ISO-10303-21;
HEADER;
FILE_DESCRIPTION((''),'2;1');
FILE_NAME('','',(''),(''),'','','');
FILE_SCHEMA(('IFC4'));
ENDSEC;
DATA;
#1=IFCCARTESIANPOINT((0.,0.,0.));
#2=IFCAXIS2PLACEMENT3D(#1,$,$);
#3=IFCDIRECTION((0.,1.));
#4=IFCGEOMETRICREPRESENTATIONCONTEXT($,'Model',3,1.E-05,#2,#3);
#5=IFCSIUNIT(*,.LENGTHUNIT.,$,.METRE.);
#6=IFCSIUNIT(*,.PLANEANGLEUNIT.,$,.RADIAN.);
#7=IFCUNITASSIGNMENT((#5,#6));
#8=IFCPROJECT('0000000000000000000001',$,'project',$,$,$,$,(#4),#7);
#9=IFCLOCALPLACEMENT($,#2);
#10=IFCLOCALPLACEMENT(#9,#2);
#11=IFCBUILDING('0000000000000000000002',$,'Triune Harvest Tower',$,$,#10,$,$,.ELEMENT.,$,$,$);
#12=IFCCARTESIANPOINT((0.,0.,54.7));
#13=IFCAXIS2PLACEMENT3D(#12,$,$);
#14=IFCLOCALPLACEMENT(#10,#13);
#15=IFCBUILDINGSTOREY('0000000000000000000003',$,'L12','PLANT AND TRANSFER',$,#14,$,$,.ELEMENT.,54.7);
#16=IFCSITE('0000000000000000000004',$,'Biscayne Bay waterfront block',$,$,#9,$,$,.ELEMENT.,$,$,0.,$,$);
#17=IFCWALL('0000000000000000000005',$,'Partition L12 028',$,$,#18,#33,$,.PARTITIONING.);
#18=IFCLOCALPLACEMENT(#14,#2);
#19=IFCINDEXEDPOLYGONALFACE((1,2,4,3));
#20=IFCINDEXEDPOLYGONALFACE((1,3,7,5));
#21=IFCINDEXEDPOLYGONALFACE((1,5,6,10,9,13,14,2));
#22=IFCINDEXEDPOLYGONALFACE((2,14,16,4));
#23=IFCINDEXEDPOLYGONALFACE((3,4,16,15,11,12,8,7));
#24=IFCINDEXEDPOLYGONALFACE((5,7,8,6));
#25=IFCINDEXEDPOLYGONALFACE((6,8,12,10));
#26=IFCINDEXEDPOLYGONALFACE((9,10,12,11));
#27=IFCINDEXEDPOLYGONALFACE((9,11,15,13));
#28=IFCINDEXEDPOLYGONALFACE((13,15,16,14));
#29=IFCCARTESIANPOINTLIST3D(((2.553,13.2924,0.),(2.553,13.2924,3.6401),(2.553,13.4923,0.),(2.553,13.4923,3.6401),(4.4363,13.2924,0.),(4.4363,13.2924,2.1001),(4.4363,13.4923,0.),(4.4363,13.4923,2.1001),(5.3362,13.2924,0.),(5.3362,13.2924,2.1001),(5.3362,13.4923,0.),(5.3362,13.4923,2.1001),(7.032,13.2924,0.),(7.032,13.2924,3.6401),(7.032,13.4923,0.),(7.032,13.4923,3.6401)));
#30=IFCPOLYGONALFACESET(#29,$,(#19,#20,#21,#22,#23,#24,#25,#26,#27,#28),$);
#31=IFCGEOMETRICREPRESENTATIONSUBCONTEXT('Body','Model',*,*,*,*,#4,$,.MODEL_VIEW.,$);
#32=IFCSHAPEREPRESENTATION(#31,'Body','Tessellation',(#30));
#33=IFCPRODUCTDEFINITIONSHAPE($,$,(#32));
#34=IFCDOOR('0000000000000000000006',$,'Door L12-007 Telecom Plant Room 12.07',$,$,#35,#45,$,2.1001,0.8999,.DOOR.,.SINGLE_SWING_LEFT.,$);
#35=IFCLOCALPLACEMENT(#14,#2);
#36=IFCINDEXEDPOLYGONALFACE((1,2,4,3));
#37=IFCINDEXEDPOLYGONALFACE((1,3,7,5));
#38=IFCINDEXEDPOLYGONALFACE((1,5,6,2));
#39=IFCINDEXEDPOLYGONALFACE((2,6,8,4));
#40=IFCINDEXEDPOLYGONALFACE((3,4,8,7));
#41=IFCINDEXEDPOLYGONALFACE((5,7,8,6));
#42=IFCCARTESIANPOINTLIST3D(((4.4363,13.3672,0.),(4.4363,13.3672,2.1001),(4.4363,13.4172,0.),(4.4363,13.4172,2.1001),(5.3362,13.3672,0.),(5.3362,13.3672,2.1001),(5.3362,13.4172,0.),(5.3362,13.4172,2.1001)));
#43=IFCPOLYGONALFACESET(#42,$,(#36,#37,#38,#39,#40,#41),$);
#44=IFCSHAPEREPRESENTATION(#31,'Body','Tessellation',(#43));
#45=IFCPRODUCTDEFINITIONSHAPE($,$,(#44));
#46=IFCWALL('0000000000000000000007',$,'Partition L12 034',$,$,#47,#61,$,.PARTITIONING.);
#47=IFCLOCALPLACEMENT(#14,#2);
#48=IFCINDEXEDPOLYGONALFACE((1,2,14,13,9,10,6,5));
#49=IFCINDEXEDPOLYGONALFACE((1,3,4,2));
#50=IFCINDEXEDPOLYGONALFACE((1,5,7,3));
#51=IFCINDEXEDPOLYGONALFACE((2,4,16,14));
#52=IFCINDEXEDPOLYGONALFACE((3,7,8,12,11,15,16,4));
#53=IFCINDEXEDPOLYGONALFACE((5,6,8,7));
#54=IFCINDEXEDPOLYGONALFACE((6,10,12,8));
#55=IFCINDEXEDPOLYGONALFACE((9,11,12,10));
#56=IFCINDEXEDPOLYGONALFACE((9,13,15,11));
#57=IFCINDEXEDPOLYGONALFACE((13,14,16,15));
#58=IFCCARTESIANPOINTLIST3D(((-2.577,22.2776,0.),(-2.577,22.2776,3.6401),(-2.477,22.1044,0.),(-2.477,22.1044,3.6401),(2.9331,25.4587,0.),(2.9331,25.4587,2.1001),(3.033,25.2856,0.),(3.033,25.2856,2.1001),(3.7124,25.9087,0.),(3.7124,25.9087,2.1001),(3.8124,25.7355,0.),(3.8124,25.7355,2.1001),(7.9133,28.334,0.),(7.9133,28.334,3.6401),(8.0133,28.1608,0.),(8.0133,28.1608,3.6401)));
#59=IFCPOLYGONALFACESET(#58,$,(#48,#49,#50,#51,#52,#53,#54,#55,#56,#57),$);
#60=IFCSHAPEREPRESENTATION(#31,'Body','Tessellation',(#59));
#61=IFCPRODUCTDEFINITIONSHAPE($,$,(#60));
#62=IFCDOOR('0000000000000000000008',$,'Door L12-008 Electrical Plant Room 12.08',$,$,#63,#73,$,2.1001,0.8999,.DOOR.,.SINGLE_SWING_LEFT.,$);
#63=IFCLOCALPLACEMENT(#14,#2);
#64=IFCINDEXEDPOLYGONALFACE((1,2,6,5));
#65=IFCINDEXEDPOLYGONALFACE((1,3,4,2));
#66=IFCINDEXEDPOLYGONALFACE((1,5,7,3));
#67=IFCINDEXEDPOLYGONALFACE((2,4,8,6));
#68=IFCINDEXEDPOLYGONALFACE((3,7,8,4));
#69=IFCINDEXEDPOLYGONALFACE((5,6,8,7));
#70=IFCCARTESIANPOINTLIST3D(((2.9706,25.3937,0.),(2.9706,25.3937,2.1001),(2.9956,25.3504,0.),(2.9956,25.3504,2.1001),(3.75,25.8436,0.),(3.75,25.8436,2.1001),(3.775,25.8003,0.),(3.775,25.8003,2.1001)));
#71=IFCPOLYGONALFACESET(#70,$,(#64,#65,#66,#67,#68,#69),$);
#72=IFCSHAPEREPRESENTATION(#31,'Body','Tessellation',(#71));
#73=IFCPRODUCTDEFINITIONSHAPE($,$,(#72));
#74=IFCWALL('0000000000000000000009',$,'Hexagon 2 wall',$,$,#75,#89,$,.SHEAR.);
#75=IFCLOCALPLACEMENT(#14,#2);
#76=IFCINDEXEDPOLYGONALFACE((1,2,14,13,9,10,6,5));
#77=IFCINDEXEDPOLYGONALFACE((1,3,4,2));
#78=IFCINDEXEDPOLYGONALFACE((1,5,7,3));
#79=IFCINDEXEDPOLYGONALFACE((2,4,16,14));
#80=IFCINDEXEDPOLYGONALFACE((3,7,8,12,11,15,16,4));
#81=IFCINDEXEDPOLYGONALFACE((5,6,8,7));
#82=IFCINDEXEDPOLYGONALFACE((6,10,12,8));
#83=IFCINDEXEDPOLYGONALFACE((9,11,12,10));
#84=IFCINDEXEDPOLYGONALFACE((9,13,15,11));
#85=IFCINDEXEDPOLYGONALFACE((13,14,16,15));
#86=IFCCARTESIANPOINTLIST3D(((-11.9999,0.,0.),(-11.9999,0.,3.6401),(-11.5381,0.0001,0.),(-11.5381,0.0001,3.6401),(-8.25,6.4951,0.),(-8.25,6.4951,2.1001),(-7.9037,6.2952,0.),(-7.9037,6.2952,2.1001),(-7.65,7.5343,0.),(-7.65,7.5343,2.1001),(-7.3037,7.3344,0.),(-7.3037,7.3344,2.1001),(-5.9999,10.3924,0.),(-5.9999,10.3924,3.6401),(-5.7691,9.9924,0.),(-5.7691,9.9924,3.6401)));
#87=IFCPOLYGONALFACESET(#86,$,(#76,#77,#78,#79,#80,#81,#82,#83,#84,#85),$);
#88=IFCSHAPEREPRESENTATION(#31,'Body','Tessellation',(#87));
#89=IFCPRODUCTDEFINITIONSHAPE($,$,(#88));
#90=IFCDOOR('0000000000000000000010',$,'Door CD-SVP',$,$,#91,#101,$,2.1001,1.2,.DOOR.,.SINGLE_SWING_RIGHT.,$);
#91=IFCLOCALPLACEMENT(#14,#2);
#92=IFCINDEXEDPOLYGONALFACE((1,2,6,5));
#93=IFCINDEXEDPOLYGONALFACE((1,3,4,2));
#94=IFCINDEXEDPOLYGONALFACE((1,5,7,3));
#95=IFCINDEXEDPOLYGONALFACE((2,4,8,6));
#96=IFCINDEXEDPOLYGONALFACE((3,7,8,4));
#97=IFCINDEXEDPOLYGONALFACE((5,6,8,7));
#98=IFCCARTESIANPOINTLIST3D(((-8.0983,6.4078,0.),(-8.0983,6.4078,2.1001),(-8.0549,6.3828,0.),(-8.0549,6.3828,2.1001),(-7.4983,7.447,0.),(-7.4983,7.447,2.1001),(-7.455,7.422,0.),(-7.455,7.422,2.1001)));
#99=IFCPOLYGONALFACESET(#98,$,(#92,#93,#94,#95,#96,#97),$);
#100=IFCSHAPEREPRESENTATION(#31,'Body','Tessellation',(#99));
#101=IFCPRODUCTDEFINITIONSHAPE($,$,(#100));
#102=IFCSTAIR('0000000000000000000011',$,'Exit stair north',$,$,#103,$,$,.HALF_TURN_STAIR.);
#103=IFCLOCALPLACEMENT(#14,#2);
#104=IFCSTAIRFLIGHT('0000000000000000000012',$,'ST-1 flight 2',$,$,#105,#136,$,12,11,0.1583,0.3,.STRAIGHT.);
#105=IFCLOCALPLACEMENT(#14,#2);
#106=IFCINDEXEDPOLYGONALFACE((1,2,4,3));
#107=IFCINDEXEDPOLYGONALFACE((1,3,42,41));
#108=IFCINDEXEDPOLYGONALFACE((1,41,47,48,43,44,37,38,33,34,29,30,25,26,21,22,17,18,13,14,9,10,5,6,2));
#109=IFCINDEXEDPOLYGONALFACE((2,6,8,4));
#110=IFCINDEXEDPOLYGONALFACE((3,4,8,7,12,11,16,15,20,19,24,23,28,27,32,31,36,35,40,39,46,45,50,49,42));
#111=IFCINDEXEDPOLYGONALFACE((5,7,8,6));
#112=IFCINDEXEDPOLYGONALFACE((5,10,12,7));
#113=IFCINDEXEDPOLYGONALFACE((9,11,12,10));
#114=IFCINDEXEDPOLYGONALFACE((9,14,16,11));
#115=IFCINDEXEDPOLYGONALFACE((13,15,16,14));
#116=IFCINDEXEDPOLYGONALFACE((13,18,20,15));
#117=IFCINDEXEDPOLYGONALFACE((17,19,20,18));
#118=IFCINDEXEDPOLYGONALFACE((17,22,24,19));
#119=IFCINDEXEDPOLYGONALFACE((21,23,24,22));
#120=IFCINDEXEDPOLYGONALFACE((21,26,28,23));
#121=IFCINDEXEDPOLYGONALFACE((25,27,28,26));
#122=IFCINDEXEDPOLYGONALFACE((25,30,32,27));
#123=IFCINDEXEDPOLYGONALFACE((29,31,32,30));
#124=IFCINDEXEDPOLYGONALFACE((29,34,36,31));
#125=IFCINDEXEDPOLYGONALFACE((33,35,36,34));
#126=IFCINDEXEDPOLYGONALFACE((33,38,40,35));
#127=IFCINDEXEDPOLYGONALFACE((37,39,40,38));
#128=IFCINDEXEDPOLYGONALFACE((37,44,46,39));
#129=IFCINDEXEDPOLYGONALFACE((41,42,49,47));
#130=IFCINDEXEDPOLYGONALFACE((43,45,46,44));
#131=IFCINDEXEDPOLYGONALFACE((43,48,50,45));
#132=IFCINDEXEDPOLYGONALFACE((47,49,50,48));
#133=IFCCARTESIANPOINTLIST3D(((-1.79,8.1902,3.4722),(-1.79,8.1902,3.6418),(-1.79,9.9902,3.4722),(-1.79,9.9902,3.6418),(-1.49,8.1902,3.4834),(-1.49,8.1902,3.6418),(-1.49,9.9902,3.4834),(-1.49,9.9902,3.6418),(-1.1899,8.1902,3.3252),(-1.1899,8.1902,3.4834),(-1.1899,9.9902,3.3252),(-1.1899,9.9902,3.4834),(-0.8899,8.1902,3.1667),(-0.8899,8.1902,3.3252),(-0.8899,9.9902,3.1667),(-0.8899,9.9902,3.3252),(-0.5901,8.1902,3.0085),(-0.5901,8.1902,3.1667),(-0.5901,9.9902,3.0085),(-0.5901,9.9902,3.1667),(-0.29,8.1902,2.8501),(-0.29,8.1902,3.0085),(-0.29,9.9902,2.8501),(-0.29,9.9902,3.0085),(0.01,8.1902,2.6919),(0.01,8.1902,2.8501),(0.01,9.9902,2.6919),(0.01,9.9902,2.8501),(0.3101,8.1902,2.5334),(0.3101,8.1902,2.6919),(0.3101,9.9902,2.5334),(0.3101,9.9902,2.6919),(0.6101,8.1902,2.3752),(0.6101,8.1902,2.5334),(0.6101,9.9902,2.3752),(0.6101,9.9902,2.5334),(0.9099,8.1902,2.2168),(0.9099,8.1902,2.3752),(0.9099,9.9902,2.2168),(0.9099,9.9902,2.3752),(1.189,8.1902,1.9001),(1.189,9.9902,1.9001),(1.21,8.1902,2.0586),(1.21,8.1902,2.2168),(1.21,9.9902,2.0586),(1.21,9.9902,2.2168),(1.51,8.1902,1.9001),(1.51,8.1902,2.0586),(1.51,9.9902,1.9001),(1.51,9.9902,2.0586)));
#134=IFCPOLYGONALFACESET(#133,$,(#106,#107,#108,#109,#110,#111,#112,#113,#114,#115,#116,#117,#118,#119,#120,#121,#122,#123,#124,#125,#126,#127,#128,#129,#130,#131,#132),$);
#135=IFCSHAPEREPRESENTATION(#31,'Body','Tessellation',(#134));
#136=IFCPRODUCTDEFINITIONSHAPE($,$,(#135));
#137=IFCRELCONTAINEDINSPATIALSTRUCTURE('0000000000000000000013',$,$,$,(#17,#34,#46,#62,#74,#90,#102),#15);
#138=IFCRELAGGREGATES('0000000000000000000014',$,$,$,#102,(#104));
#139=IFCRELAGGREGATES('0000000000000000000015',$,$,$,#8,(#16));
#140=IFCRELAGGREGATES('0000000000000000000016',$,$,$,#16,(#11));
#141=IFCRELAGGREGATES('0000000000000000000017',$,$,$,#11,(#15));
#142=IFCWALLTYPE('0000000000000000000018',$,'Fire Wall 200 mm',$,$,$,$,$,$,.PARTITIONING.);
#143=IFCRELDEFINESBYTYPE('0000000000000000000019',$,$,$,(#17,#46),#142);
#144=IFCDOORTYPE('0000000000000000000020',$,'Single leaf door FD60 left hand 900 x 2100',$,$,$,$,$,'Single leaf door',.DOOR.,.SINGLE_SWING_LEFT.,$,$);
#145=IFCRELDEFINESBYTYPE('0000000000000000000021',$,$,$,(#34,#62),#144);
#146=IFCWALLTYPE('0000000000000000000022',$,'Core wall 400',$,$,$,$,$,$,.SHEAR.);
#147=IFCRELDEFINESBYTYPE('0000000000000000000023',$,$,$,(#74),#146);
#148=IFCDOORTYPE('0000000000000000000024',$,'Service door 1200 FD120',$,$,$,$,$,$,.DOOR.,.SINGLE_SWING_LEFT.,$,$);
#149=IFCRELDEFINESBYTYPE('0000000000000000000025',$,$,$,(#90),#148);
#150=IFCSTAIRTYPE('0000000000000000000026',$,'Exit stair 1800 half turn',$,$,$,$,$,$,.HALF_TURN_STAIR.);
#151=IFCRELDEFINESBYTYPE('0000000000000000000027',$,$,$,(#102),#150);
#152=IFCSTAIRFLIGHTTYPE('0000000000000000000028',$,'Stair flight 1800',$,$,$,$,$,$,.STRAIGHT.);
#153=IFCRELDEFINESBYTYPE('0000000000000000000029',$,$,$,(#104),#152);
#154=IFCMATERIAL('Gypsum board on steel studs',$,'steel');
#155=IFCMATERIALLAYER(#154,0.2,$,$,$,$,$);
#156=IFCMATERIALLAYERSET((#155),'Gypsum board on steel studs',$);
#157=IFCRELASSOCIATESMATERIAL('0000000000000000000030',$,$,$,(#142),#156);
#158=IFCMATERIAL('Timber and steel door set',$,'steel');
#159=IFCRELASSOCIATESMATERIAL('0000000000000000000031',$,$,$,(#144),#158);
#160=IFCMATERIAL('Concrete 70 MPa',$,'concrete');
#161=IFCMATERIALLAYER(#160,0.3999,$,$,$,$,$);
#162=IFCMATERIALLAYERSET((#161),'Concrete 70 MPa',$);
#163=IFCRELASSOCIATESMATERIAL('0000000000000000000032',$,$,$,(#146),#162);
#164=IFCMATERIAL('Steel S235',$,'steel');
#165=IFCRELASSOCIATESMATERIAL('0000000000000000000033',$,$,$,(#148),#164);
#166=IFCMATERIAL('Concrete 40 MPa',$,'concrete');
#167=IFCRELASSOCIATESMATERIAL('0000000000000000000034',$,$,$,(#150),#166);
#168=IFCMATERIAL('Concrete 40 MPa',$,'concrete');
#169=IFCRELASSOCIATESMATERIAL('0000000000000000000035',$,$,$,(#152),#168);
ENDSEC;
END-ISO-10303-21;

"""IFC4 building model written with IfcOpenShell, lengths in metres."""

from ifc_helpers import new_model, si_unit, direction, frame, frame_2d, origin, place, context, subcontext, project, spatial, polyline, rectangle, outline, extrude, source, transform, mapped, material, layer, layer_set, type_object, element, fill, aggregate, save


model = new_model("IFC4")

# Units and contexts
model_context = context("Model", 3, precision=1e-05, world=origin(), true_north=direction((0.0, 1.0)))
body_context = subcontext(model_context, "Body", "Model", "MODEL_VIEW")
ifc_project = project(units=[si_unit("LENGTHUNIT", "METRE"), si_unit("PLANEANGLEUNIT", "RADIAN")], contexts=[model_context])

# Site, building, storey
site_placement = place(None, origin())
site = spatial("IfcSite", under=ifc_project, at=site_placement, Name="Biscayne Bay waterfront block", CompositionType="ELEMENT", RefElevation=0.0)
building_placement = place(site_placement, origin())
building = spatial("IfcBuilding", under=site, at=building_placement, Name="Triune Harvest Tower", CompositionType="ELEMENT")
storey_placement = place(building_placement, frame((0.0, 0.0, 54.7)))
storey = spatial("IfcBuildingStorey", under=building, at=storey_placement, Name="L12", Description="PLANT AND TRANSFER", CompositionType="ELEMENT", Elevation=54.7)

# Shared definitions
ifc_material_1 = material(Name="Gypsum board on steel studs", Category="steel")
ifc_layer_1 = layer(ifc_material_1, 0.2)
ifc_layer_set_1 = layer_set([ifc_layer_1], Name="Gypsum board on steel studs")
wall_type_1 = type_object("IfcWallType", Name="Fire Wall 200 mm", PredefinedType="PARTITIONING", material=ifc_layer_set_1)

# Walls, openings, doors
wall_1_placement = place(storey_placement, frame((2.553, 13.3923, 0.0), z_axis=(0.0, 0.0, 1.0), x_axis=(1.0, 0.0, 0.0)))
wall_1 = element("IfcWall", 1, at=wall_1_placement, inside=storey, type_object=wall_type_1, Name="Partition L12 028", PredefinedType="PARTITIONING", context=body_context, shape_type="SweptSolid", body=[
    extrude(rectangle(XDim=4.479, YDim=0.2, at=frame_2d((2.2395, 0.0))), origin(), (0.0, 0.0, 1.0), 3.6401),
])
opening_1_placement = place(wall_1_placement, frame((1.8833, 0.0, 0.0)))
opening_1 = element("IfcOpeningElement", 2, at=opening_1_placement, cuts=wall_1, PredefinedType="OPENING", context=body_context, shape_type="SweptSolid", body=[
    extrude(rectangle(XDim=0.8999, YDim=2.1001, at=frame_2d((0.45, 1.05))), frame((0.0, 0.1099, 0.0), z_axis=(0.0, -1.0, 0.0), x_axis=(1.0, 0.0, 0.0)), (0.0, 0.0, 1.0), 0.22),
])
ifc_material_2 = material(Name="Timber and steel door set", Category="steel")
door_type_1 = type_object("IfcDoorType", Name="Single leaf door FD60 left hand 900 x 2100", ElementType="Single leaf door", OperationType="SINGLE_SWING_LEFT", PredefinedType="DOOR", material=ifc_material_2)
door_1_placement = place(opening_1_placement, origin())
door_1 = element("IfcDoor", 3, at=door_1_placement, inside=storey, type_object=door_type_1, Name="Door L12-007 Telecom Plant Room 12.07", OperationType="SINGLE_SWING_LEFT", OverallHeight=2.1001, OverallWidth=0.8999, PredefinedType="DOOR", context=body_context, shape_type="SweptSolid", body=[
    extrude(rectangle(XDim=0.8999, YDim=2.1001, at=frame_2d((0.45, 1.05))), frame((0.0, 0.0249, 0.0), z_axis=(0.0, -1.0, 0.0), x_axis=(1.0, 0.0, 0.0)), (0.0, 0.0, 1.0), 0.05),
])
fill(opening_1, door_1)
wall_2_placement = place(storey_placement, frame((-2.5271, 22.1909, 0.0), z_axis=(0.0, 0.0, 1.0), x_axis=(0.866031, 0.499991, 0.0)))
wall_2 = element("IfcWall", 4, at=wall_2_placement, inside=storey, type_object=wall_type_1, Name="Partition L12 034", PredefinedType="PARTITIONING", context=body_context, shape_type="SweptSolid", body=[
    extrude(rectangle(XDim=12.113, YDim=0.2, at=frame_2d((6.0566, 0.0))), origin(), (0.0, 0.0, 1.0), 3.6401),
])
opening_2_placement = place(wall_2_placement, frame((6.3625, 0.0, 0.0)))
opening_2 = element("IfcOpeningElement", 5, at=opening_2_placement, cuts=wall_2, PredefinedType="OPENING", context=body_context, shape_type="SweptSolid", body=[
    extrude(rectangle(XDim=0.8999, YDim=2.1001, at=frame_2d((0.45, 1.05))), frame((0.0, 0.1099, 0.0), z_axis=(0.0, -1.0, 0.0), x_axis=(1.0, 0.0, 0.0)), (0.0, 0.0, 1.0), 0.22),
])
door_2_placement = place(opening_2_placement, origin())
door_2 = element("IfcDoor", 6, at=door_2_placement, inside=storey, type_object=door_type_1, Name="Door L12-008 Electrical Plant Room 12.08", OperationType="SINGLE_SWING_LEFT", OverallHeight=2.1001, OverallWidth=0.8999, PredefinedType="DOOR", context=body_context, shape_type="SweptSolid", body=[
    extrude(rectangle(XDim=0.8999, YDim=2.1001, at=frame_2d((0.45, 1.05))), frame((0.0, 0.0249, 0.0), z_axis=(0.0, -1.0, 0.0), x_axis=(1.0, 0.0, 0.0)), (0.0, 0.0, 1.0), 0.05),
])
fill(opening_2, door_2)
ifc_material_3 = material(Name="Concrete 70 MPa", Category="concrete")
ifc_layer_2 = layer(ifc_material_3, 0.3999)
ifc_layer_set_2 = layer_set([ifc_layer_2], Name="Concrete 70 MPa")
wall_type_2 = type_object("IfcWallType", Name="Core wall 400", PredefinedType="SHEAR", material=ifc_layer_set_2)
shared_shape_1 = source(origin(), body_context, "Body", "SweptSolid", [
    extrude(outline(polyline([(-0.1155, -0.2), (11.8845, -0.2), (11.6536, 0.2), (0.1155, 0.2), (-0.1155, -0.2)])), origin(), (0.0, 0.0, 1.0), 3.6401),
])
wall_3_placement = place(storey_placement, frame((-5.8845, 10.1924, 0.0), z_axis=(0.0, 0.0, 1.0), x_axis=(-0.499997, -0.866027, 0.0)))
wall_3 = element("IfcWall", 7, at=wall_3_placement, inside=storey, type_object=wall_type_2, Name="Hexagon 2 wall", PredefinedType="SHEAR", context=body_context, shape_type="MappedRepresentation", body=[
    mapped(shared_shape_1, transform((0.0, 0.0, 0.0), scale=1.0)),
])
opening_3_placement = place(wall_3_placement, frame((3.1846, 0.0, 0.0)))
opening_3 = element("IfcOpeningElement", 8, at=opening_3_placement, cuts=wall_3, PredefinedType="OPENING", context=body_context, shape_type="SweptSolid", body=[
    extrude(rectangle(XDim=1.2, YDim=2.1001, at=frame_2d((0.6001, 1.05))), frame((0.0, 0.21, 0.0), z_axis=(0.0, -1.0, 0.0), x_axis=(1.0, 0.0, 0.0)), (0.0, 0.0, 1.0), 0.4199),
])
ifc_material_4 = material(Name="Steel S235", Category="steel")
door_type_2 = type_object("IfcDoorType", Name="Service door 1200 FD120", OperationType="SINGLE_SWING_LEFT", PredefinedType="DOOR", material=ifc_material_4)
door_3_placement = place(opening_3_placement, frame((1.2, 0.0, 0.0), z_axis=(0.0, 0.0, 1.0), x_axis=(-1.0, 0.0, 0.0)))
door_3 = element("IfcDoor", 9, at=door_3_placement, inside=storey, type_object=door_type_2, Name="Door CD-SVP", OperationType="SINGLE_SWING_RIGHT", OverallHeight=2.1001, OverallWidth=1.2, PredefinedType="DOOR", context=body_context, shape_type="SweptSolid", body=[
    extrude(rectangle(XDim=1.2, YDim=2.1001, at=frame_2d((0.6001, 1.05))), frame((0.0, 0.0249, 0.0), z_axis=(0.0, -1.0, 0.0), x_axis=(1.0, 0.0, 0.0)), (0.0, 0.0, 1.0), 0.05),
])
fill(opening_3, door_3)

# Stair, stair flight
ifc_material_5 = material(Name="Concrete 40 MPa", Category="concrete")
stair_type = type_object("IfcStairType", Name="Exit stair 1800 half turn", PredefinedType="HALF_TURN_STAIR", material=ifc_material_5)
stair_placement = place(storey_placement, origin())
stair = element("IfcStair", 10, at=stair_placement, inside=storey, type_object=stair_type, Name="Exit stair north", PredefinedType="HALF_TURN_STAIR")
ifc_material_6 = material(Name="Concrete 40 MPa", Category="concrete")
stair_flight_type = type_object("IfcStairFlightType", Name="Stair flight 1800", PredefinedType="STRAIGHT", material=ifc_material_6)
shared_shape_2 = source(origin(), body_context, "Body", "SweptSolid", [
    extrude(outline(polyline([(0.0, 0.0), (0.0, 0.1584), (0.3, 0.1584), (0.3, 0.3167), (0.6001, 0.3167), (0.6001, 0.4751), (0.8999, 0.4751), (0.8999, 0.6333), (1.2, 0.6333), (1.2, 0.7917), (1.5, 0.7917), (1.5, 0.95), (1.8, 0.95), (1.8, 1.1084), (2.1001, 1.1084), (2.1001, 1.2666), (2.3999, 1.2666), (2.3999, 1.425), (2.7, 1.425), (2.7, 1.5833), (3.0, 1.5833), (3.0, 1.7417), (3.3, 1.7417), (3.3, 1.8999), (3.3, 1.572), (0.321, 0.0), (0.0, 0.0)])), frame((0.0, 0.8999, 0.0), z_axis=(0.0, -1.0, 0.0), x_axis=(1.0, 0.0, 0.0)), (0.0, 0.0, 1.0), 1.8),
])
stair_flight_placement = place(storey_placement, frame((1.51, 9.0901, 1.9001), z_axis=(0.0, 0.0, 1.0), x_axis=(-1.0, 0.0, 0.0)))
stair_flight = element("IfcStairFlight", 11, at=stair_flight_placement, type_object=stair_flight_type, Name="ST-1 flight 2", NumberOfRisers=12, NumberOfTreads=11, PredefinedType="STRAIGHT", RiserHeight=0.1583, TreadLength=0.3, context=body_context, shape_type="MappedRepresentation", body=[
    mapped(shared_shape_2, transform((0.0, 0.0, 0.0), scale=1.0)),
])
aggregate(stair, [stair_flight])

save(model, "model.ifc")
